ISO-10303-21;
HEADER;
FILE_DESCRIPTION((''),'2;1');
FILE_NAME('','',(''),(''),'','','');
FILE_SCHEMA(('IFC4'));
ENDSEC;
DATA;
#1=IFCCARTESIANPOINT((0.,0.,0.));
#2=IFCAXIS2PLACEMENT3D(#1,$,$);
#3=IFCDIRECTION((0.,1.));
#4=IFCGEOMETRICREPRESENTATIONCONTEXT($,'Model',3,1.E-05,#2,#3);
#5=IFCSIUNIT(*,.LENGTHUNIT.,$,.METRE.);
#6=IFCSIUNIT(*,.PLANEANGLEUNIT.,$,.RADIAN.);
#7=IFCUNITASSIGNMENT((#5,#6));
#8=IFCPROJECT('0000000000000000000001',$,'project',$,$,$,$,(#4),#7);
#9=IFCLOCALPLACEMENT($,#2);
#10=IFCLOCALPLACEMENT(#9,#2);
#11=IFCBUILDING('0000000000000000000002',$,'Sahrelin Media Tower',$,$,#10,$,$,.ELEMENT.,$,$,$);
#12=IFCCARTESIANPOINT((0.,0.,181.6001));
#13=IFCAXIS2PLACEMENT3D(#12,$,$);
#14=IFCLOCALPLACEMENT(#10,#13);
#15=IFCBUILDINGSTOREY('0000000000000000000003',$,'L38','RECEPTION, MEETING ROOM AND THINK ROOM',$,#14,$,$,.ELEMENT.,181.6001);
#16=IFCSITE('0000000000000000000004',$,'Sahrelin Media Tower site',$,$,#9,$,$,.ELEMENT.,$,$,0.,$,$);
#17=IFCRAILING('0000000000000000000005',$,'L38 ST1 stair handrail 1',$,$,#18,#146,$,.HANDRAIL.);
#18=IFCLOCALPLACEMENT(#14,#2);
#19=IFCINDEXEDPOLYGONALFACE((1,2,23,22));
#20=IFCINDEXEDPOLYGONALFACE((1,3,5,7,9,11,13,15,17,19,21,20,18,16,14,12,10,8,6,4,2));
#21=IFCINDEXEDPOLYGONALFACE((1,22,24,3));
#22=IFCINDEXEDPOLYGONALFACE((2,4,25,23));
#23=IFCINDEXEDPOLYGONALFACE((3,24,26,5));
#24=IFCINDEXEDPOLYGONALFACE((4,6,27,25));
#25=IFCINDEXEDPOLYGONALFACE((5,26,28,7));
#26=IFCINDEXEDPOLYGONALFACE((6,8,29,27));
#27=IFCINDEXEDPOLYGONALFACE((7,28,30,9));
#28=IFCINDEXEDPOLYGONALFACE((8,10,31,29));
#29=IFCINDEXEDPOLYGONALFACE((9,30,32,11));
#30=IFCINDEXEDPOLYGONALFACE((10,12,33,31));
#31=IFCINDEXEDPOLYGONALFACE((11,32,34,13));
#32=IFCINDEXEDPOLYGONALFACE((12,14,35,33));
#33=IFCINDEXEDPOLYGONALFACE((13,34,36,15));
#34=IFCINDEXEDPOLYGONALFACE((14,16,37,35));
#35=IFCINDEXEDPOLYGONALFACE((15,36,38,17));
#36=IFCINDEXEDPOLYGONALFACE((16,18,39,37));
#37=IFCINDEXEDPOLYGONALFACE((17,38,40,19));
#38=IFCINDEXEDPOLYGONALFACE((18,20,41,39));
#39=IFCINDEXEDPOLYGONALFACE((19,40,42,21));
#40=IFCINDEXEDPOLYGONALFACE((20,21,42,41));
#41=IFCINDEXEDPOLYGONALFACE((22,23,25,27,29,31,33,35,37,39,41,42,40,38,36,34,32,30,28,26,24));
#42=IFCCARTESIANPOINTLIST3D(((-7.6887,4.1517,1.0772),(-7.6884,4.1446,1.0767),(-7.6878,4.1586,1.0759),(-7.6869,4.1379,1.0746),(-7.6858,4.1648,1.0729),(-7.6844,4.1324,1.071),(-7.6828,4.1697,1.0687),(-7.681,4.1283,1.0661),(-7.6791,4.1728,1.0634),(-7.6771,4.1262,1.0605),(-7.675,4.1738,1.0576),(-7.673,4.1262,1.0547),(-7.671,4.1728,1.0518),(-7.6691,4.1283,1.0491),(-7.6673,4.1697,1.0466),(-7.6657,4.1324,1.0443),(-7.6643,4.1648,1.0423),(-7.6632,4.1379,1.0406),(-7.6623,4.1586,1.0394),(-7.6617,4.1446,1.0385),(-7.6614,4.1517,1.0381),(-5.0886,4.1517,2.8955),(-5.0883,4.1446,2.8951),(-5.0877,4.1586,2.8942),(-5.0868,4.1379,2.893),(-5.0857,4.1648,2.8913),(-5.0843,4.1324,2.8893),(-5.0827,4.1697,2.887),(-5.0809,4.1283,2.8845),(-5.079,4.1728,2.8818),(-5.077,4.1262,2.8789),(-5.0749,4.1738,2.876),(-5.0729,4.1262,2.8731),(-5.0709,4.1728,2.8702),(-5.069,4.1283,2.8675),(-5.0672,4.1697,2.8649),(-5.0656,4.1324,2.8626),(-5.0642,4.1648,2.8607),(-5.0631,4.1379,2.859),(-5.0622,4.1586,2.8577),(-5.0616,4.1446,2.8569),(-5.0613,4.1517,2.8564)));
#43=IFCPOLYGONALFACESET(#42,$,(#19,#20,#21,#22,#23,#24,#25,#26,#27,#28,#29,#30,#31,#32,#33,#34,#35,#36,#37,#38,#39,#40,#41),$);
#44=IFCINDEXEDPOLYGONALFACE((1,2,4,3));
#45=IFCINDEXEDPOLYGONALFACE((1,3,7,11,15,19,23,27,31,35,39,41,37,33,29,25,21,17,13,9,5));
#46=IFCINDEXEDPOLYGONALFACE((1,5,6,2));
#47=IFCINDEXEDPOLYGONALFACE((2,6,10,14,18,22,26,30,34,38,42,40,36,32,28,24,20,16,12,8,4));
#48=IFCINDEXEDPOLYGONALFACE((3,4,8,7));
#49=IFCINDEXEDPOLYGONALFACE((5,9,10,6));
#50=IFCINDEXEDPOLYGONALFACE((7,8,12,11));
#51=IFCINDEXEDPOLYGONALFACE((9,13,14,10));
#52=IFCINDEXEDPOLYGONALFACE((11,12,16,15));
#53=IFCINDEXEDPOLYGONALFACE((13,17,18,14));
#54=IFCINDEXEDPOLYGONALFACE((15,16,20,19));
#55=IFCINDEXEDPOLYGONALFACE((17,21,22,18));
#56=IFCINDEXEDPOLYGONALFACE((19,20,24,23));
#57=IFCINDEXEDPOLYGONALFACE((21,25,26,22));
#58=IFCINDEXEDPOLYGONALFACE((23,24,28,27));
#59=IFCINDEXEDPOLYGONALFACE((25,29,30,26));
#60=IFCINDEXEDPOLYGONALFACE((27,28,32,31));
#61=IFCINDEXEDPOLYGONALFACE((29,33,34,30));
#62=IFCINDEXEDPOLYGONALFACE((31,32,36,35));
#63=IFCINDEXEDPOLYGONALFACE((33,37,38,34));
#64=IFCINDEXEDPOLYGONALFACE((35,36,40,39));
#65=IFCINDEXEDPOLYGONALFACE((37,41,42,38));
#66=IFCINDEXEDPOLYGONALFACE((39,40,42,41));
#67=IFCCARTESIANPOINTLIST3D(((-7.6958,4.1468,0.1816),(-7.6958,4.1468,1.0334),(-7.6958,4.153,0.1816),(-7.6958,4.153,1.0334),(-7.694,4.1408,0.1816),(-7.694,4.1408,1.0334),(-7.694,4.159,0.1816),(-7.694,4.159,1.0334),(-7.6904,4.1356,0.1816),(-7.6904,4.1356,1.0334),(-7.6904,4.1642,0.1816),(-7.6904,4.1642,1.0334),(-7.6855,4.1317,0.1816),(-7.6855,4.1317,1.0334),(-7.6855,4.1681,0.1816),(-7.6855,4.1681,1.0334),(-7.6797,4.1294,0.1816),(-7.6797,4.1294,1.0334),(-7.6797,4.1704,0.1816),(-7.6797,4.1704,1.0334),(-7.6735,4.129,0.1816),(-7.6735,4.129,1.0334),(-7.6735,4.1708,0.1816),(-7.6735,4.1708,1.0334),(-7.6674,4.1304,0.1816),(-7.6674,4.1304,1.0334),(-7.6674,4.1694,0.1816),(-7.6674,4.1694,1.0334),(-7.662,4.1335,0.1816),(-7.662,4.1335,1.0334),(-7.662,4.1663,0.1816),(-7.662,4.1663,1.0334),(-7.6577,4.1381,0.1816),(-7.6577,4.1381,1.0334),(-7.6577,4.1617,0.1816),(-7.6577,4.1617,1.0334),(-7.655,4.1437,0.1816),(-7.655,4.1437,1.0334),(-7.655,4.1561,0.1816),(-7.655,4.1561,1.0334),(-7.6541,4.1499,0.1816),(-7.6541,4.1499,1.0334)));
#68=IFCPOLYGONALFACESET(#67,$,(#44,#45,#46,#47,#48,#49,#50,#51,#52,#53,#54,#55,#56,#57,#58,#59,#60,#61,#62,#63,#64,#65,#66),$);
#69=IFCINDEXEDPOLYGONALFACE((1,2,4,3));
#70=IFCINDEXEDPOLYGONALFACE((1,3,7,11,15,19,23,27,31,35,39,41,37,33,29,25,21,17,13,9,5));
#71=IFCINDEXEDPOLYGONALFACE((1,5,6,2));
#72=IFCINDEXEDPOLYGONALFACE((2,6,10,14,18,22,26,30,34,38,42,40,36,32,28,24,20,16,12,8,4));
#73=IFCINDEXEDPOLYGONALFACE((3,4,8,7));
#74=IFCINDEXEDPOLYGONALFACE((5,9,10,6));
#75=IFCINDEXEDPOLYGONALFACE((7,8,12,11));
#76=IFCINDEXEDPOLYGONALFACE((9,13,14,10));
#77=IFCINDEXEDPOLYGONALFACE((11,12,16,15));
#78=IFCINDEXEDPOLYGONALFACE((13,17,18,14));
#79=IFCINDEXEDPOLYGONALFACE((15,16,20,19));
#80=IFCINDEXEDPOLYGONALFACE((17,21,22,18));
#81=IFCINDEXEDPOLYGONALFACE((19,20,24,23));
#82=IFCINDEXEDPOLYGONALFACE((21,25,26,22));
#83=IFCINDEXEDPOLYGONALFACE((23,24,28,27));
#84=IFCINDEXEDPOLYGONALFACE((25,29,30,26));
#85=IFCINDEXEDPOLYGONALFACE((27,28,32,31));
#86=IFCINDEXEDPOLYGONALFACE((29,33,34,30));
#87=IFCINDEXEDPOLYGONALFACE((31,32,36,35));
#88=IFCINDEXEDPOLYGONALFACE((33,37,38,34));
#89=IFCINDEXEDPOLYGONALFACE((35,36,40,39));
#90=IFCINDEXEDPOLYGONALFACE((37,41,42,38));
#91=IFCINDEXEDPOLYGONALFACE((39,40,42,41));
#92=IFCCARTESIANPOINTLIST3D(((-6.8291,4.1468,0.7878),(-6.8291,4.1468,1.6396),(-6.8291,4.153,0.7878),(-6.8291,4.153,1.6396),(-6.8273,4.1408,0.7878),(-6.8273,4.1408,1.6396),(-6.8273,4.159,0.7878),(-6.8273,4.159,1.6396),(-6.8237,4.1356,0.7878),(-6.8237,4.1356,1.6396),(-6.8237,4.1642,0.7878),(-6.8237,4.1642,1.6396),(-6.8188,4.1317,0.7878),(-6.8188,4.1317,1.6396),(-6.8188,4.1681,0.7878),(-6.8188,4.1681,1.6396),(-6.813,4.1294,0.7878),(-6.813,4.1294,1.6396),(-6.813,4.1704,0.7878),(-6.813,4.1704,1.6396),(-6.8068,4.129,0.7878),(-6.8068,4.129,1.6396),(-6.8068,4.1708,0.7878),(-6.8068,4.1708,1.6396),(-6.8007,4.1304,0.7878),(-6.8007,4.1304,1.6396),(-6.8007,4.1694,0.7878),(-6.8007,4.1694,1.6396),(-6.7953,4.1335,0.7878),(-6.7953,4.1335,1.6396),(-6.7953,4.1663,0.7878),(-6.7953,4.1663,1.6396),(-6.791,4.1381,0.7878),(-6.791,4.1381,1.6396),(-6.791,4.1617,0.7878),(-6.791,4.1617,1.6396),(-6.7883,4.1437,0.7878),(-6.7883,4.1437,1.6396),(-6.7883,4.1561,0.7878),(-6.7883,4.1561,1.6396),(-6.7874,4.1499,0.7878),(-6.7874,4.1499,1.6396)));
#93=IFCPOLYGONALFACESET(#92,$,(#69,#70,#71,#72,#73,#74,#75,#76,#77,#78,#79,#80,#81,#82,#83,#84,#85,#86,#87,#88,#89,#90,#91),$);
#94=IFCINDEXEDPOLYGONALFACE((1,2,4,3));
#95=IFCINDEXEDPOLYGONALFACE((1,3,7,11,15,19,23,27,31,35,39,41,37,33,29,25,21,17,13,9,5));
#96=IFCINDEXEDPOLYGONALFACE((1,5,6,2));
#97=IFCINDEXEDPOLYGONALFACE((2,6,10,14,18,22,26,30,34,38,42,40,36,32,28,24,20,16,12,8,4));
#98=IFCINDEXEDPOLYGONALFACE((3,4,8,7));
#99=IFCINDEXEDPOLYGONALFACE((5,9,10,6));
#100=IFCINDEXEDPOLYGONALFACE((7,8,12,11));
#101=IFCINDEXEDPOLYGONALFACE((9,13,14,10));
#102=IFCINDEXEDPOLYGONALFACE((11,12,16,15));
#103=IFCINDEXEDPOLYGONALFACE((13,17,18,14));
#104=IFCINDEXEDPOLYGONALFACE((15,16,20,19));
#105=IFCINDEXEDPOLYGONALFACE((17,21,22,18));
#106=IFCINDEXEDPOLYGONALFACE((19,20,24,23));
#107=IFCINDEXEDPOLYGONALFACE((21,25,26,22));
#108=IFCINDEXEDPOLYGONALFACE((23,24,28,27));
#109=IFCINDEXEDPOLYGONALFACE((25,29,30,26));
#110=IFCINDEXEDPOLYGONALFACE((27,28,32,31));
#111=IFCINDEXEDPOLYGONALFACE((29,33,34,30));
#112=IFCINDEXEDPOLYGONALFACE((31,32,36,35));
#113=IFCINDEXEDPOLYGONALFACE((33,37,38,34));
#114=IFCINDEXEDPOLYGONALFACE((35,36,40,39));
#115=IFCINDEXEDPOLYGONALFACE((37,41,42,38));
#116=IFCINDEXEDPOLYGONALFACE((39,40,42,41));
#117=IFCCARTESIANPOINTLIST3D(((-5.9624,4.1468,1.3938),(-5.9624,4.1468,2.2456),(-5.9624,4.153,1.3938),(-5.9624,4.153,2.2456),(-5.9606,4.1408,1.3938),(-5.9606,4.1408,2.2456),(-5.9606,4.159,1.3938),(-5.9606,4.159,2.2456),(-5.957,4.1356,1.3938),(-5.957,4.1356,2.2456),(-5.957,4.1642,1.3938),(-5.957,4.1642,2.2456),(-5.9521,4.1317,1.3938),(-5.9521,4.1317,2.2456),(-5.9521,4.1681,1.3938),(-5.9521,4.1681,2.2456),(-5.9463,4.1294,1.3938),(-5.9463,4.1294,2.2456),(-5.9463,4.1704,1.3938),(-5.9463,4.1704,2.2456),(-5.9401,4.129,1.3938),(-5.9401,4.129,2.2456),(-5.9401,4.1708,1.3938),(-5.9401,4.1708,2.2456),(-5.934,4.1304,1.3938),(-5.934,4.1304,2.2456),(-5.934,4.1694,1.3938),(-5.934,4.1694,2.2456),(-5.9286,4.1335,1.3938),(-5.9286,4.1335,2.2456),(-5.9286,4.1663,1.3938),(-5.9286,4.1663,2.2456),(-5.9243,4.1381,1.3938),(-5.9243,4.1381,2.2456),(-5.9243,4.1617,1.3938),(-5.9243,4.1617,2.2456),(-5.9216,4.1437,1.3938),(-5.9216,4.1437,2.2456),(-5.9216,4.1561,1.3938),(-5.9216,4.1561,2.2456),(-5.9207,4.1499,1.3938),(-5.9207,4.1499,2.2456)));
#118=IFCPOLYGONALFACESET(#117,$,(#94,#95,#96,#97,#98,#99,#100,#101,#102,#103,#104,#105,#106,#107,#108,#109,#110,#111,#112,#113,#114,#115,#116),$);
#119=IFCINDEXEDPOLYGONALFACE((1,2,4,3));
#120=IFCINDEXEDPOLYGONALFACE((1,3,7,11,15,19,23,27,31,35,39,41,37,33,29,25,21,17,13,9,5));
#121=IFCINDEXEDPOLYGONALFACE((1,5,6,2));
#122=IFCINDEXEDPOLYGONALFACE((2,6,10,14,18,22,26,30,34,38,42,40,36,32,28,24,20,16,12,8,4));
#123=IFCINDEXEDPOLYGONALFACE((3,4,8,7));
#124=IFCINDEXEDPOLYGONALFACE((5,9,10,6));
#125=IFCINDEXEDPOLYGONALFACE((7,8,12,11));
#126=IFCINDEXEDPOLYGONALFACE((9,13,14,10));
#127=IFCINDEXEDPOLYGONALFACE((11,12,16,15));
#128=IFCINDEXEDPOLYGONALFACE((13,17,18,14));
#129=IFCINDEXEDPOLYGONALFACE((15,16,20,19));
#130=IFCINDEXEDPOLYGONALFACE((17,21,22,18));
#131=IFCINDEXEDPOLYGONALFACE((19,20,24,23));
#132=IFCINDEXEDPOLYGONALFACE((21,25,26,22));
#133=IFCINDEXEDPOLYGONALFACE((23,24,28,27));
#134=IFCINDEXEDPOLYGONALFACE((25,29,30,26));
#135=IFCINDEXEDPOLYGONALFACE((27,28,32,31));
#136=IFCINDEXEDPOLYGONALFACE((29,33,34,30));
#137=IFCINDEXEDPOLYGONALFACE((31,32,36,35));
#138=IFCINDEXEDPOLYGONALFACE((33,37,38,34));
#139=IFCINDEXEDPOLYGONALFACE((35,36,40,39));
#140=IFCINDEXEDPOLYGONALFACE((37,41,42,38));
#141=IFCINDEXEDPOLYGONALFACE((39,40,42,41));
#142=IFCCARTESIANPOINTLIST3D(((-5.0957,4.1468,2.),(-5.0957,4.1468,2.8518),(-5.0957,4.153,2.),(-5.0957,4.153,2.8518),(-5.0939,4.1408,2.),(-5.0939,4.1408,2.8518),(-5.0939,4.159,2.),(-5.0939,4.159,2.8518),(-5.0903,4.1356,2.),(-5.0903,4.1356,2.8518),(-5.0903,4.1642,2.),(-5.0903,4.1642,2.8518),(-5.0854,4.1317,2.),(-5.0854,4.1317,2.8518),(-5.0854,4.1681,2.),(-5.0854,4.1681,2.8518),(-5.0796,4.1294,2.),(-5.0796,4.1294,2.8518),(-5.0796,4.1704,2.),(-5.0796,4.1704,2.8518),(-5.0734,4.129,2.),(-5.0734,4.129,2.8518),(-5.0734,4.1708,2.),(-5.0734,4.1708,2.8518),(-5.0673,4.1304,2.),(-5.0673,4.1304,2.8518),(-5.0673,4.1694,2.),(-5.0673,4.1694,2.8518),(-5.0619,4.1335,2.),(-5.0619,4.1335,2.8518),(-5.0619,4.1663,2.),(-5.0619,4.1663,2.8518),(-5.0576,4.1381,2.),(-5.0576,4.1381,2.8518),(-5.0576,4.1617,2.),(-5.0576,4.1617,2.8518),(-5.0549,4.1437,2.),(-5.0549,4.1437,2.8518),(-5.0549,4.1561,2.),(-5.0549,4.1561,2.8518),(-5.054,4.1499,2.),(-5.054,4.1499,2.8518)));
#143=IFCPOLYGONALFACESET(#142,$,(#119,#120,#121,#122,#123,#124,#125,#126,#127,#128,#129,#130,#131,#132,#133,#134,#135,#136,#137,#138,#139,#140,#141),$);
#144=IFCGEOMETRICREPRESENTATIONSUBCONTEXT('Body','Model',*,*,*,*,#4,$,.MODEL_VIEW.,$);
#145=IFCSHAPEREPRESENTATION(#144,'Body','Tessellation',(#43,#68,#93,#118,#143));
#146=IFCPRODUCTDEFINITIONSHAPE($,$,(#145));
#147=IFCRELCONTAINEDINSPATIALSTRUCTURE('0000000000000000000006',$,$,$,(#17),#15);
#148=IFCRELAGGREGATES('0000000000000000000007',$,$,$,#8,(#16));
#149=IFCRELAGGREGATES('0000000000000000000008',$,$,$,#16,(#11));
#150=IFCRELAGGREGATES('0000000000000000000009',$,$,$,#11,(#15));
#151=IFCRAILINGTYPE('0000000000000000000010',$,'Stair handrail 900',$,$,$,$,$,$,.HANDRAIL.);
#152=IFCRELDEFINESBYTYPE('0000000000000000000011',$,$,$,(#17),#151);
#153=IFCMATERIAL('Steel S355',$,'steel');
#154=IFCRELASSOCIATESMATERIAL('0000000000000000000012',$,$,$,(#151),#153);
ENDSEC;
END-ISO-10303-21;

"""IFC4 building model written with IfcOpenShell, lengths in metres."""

from ifc_helpers import new_model, si_unit, direction, frame, origin, origin_2d, place, context, subcontext, project, spatial, circle, extrude, material, type_object, element, save


model = new_model("IFC4")

# Units and contexts
model_context = context("Model", 3, precision=1e-05, world=origin(), true_north=direction((0.0, 1.0)))
body_context = subcontext(model_context, "Body", "Model", "MODEL_VIEW")
ifc_project = project(units=[si_unit("LENGTHUNIT", "METRE"), si_unit("PLANEANGLEUNIT", "RADIAN")], contexts=[model_context])

# Site, building, storey
site_placement = place(None, origin())
site = spatial("IfcSite", under=ifc_project, at=site_placement, Name="Sahrelin Media Tower site", CompositionType="ELEMENT", RefElevation=0.0)
building_placement = place(site_placement, origin())
building = spatial("IfcBuilding", under=site, at=building_placement, Name="Sahrelin Media Tower", CompositionType="ELEMENT")
storey_placement = place(building_placement, frame((0.0, 0.0, 181.6001)))
storey = spatial("IfcBuildingStorey", under=building, at=storey_placement, Name="L38", Description="RECEPTION, MEETING ROOM AND THINK ROOM", CompositionType="ELEMENT", Elevation=181.6001)

# Shared definitions
ifc_material_1 = material(Name="Steel S355", Category="steel")

# Railing
railing_type_1 = type_object("IfcRailingType", Name="Stair handrail 900", PredefinedType="HANDRAIL", material=ifc_material_1)
railing_1_placement = place(storey_placement, frame((-7.675, 4.1499, 0.1816)))
element("IfcRailing", 1, at=railing_1_placement, inside=storey, type_object=railing_type_1, Name="L38 ST1 stair handrail 1", PredefinedType="HANDRAIL", context=body_context, shape_type="SweptSolid", body=[
    extrude(circle(Radius=0.0239, at=origin_2d()), frame((0.0, 0.0, 0.876), z_axis=(0.819485, 0.0, 0.573101), x_axis=(0.0, 1.0, 0.0)), (0.0, 0.0, 1.0), 3.1729),
    extrude(circle(Radius=0.021, at=origin_2d()), origin(), (0.0, 0.0, 1.0), 0.8518),
    extrude(circle(Radius=0.021, at=origin_2d()), frame((0.8667, 0.0, 0.6062)), (0.0, 0.0, 1.0), 0.8518),
    extrude(circle(Radius=0.021, at=origin_2d()), frame((1.7334, 0.0, 1.2122)), (0.0, 0.0, 1.0), 0.8518),
    extrude(circle(Radius=0.021, at=origin_2d()), frame((2.6001, 0.0, 1.8184)), (0.0, 0.0, 1.0), 0.8518),
])

save(model, "model.ifc")
